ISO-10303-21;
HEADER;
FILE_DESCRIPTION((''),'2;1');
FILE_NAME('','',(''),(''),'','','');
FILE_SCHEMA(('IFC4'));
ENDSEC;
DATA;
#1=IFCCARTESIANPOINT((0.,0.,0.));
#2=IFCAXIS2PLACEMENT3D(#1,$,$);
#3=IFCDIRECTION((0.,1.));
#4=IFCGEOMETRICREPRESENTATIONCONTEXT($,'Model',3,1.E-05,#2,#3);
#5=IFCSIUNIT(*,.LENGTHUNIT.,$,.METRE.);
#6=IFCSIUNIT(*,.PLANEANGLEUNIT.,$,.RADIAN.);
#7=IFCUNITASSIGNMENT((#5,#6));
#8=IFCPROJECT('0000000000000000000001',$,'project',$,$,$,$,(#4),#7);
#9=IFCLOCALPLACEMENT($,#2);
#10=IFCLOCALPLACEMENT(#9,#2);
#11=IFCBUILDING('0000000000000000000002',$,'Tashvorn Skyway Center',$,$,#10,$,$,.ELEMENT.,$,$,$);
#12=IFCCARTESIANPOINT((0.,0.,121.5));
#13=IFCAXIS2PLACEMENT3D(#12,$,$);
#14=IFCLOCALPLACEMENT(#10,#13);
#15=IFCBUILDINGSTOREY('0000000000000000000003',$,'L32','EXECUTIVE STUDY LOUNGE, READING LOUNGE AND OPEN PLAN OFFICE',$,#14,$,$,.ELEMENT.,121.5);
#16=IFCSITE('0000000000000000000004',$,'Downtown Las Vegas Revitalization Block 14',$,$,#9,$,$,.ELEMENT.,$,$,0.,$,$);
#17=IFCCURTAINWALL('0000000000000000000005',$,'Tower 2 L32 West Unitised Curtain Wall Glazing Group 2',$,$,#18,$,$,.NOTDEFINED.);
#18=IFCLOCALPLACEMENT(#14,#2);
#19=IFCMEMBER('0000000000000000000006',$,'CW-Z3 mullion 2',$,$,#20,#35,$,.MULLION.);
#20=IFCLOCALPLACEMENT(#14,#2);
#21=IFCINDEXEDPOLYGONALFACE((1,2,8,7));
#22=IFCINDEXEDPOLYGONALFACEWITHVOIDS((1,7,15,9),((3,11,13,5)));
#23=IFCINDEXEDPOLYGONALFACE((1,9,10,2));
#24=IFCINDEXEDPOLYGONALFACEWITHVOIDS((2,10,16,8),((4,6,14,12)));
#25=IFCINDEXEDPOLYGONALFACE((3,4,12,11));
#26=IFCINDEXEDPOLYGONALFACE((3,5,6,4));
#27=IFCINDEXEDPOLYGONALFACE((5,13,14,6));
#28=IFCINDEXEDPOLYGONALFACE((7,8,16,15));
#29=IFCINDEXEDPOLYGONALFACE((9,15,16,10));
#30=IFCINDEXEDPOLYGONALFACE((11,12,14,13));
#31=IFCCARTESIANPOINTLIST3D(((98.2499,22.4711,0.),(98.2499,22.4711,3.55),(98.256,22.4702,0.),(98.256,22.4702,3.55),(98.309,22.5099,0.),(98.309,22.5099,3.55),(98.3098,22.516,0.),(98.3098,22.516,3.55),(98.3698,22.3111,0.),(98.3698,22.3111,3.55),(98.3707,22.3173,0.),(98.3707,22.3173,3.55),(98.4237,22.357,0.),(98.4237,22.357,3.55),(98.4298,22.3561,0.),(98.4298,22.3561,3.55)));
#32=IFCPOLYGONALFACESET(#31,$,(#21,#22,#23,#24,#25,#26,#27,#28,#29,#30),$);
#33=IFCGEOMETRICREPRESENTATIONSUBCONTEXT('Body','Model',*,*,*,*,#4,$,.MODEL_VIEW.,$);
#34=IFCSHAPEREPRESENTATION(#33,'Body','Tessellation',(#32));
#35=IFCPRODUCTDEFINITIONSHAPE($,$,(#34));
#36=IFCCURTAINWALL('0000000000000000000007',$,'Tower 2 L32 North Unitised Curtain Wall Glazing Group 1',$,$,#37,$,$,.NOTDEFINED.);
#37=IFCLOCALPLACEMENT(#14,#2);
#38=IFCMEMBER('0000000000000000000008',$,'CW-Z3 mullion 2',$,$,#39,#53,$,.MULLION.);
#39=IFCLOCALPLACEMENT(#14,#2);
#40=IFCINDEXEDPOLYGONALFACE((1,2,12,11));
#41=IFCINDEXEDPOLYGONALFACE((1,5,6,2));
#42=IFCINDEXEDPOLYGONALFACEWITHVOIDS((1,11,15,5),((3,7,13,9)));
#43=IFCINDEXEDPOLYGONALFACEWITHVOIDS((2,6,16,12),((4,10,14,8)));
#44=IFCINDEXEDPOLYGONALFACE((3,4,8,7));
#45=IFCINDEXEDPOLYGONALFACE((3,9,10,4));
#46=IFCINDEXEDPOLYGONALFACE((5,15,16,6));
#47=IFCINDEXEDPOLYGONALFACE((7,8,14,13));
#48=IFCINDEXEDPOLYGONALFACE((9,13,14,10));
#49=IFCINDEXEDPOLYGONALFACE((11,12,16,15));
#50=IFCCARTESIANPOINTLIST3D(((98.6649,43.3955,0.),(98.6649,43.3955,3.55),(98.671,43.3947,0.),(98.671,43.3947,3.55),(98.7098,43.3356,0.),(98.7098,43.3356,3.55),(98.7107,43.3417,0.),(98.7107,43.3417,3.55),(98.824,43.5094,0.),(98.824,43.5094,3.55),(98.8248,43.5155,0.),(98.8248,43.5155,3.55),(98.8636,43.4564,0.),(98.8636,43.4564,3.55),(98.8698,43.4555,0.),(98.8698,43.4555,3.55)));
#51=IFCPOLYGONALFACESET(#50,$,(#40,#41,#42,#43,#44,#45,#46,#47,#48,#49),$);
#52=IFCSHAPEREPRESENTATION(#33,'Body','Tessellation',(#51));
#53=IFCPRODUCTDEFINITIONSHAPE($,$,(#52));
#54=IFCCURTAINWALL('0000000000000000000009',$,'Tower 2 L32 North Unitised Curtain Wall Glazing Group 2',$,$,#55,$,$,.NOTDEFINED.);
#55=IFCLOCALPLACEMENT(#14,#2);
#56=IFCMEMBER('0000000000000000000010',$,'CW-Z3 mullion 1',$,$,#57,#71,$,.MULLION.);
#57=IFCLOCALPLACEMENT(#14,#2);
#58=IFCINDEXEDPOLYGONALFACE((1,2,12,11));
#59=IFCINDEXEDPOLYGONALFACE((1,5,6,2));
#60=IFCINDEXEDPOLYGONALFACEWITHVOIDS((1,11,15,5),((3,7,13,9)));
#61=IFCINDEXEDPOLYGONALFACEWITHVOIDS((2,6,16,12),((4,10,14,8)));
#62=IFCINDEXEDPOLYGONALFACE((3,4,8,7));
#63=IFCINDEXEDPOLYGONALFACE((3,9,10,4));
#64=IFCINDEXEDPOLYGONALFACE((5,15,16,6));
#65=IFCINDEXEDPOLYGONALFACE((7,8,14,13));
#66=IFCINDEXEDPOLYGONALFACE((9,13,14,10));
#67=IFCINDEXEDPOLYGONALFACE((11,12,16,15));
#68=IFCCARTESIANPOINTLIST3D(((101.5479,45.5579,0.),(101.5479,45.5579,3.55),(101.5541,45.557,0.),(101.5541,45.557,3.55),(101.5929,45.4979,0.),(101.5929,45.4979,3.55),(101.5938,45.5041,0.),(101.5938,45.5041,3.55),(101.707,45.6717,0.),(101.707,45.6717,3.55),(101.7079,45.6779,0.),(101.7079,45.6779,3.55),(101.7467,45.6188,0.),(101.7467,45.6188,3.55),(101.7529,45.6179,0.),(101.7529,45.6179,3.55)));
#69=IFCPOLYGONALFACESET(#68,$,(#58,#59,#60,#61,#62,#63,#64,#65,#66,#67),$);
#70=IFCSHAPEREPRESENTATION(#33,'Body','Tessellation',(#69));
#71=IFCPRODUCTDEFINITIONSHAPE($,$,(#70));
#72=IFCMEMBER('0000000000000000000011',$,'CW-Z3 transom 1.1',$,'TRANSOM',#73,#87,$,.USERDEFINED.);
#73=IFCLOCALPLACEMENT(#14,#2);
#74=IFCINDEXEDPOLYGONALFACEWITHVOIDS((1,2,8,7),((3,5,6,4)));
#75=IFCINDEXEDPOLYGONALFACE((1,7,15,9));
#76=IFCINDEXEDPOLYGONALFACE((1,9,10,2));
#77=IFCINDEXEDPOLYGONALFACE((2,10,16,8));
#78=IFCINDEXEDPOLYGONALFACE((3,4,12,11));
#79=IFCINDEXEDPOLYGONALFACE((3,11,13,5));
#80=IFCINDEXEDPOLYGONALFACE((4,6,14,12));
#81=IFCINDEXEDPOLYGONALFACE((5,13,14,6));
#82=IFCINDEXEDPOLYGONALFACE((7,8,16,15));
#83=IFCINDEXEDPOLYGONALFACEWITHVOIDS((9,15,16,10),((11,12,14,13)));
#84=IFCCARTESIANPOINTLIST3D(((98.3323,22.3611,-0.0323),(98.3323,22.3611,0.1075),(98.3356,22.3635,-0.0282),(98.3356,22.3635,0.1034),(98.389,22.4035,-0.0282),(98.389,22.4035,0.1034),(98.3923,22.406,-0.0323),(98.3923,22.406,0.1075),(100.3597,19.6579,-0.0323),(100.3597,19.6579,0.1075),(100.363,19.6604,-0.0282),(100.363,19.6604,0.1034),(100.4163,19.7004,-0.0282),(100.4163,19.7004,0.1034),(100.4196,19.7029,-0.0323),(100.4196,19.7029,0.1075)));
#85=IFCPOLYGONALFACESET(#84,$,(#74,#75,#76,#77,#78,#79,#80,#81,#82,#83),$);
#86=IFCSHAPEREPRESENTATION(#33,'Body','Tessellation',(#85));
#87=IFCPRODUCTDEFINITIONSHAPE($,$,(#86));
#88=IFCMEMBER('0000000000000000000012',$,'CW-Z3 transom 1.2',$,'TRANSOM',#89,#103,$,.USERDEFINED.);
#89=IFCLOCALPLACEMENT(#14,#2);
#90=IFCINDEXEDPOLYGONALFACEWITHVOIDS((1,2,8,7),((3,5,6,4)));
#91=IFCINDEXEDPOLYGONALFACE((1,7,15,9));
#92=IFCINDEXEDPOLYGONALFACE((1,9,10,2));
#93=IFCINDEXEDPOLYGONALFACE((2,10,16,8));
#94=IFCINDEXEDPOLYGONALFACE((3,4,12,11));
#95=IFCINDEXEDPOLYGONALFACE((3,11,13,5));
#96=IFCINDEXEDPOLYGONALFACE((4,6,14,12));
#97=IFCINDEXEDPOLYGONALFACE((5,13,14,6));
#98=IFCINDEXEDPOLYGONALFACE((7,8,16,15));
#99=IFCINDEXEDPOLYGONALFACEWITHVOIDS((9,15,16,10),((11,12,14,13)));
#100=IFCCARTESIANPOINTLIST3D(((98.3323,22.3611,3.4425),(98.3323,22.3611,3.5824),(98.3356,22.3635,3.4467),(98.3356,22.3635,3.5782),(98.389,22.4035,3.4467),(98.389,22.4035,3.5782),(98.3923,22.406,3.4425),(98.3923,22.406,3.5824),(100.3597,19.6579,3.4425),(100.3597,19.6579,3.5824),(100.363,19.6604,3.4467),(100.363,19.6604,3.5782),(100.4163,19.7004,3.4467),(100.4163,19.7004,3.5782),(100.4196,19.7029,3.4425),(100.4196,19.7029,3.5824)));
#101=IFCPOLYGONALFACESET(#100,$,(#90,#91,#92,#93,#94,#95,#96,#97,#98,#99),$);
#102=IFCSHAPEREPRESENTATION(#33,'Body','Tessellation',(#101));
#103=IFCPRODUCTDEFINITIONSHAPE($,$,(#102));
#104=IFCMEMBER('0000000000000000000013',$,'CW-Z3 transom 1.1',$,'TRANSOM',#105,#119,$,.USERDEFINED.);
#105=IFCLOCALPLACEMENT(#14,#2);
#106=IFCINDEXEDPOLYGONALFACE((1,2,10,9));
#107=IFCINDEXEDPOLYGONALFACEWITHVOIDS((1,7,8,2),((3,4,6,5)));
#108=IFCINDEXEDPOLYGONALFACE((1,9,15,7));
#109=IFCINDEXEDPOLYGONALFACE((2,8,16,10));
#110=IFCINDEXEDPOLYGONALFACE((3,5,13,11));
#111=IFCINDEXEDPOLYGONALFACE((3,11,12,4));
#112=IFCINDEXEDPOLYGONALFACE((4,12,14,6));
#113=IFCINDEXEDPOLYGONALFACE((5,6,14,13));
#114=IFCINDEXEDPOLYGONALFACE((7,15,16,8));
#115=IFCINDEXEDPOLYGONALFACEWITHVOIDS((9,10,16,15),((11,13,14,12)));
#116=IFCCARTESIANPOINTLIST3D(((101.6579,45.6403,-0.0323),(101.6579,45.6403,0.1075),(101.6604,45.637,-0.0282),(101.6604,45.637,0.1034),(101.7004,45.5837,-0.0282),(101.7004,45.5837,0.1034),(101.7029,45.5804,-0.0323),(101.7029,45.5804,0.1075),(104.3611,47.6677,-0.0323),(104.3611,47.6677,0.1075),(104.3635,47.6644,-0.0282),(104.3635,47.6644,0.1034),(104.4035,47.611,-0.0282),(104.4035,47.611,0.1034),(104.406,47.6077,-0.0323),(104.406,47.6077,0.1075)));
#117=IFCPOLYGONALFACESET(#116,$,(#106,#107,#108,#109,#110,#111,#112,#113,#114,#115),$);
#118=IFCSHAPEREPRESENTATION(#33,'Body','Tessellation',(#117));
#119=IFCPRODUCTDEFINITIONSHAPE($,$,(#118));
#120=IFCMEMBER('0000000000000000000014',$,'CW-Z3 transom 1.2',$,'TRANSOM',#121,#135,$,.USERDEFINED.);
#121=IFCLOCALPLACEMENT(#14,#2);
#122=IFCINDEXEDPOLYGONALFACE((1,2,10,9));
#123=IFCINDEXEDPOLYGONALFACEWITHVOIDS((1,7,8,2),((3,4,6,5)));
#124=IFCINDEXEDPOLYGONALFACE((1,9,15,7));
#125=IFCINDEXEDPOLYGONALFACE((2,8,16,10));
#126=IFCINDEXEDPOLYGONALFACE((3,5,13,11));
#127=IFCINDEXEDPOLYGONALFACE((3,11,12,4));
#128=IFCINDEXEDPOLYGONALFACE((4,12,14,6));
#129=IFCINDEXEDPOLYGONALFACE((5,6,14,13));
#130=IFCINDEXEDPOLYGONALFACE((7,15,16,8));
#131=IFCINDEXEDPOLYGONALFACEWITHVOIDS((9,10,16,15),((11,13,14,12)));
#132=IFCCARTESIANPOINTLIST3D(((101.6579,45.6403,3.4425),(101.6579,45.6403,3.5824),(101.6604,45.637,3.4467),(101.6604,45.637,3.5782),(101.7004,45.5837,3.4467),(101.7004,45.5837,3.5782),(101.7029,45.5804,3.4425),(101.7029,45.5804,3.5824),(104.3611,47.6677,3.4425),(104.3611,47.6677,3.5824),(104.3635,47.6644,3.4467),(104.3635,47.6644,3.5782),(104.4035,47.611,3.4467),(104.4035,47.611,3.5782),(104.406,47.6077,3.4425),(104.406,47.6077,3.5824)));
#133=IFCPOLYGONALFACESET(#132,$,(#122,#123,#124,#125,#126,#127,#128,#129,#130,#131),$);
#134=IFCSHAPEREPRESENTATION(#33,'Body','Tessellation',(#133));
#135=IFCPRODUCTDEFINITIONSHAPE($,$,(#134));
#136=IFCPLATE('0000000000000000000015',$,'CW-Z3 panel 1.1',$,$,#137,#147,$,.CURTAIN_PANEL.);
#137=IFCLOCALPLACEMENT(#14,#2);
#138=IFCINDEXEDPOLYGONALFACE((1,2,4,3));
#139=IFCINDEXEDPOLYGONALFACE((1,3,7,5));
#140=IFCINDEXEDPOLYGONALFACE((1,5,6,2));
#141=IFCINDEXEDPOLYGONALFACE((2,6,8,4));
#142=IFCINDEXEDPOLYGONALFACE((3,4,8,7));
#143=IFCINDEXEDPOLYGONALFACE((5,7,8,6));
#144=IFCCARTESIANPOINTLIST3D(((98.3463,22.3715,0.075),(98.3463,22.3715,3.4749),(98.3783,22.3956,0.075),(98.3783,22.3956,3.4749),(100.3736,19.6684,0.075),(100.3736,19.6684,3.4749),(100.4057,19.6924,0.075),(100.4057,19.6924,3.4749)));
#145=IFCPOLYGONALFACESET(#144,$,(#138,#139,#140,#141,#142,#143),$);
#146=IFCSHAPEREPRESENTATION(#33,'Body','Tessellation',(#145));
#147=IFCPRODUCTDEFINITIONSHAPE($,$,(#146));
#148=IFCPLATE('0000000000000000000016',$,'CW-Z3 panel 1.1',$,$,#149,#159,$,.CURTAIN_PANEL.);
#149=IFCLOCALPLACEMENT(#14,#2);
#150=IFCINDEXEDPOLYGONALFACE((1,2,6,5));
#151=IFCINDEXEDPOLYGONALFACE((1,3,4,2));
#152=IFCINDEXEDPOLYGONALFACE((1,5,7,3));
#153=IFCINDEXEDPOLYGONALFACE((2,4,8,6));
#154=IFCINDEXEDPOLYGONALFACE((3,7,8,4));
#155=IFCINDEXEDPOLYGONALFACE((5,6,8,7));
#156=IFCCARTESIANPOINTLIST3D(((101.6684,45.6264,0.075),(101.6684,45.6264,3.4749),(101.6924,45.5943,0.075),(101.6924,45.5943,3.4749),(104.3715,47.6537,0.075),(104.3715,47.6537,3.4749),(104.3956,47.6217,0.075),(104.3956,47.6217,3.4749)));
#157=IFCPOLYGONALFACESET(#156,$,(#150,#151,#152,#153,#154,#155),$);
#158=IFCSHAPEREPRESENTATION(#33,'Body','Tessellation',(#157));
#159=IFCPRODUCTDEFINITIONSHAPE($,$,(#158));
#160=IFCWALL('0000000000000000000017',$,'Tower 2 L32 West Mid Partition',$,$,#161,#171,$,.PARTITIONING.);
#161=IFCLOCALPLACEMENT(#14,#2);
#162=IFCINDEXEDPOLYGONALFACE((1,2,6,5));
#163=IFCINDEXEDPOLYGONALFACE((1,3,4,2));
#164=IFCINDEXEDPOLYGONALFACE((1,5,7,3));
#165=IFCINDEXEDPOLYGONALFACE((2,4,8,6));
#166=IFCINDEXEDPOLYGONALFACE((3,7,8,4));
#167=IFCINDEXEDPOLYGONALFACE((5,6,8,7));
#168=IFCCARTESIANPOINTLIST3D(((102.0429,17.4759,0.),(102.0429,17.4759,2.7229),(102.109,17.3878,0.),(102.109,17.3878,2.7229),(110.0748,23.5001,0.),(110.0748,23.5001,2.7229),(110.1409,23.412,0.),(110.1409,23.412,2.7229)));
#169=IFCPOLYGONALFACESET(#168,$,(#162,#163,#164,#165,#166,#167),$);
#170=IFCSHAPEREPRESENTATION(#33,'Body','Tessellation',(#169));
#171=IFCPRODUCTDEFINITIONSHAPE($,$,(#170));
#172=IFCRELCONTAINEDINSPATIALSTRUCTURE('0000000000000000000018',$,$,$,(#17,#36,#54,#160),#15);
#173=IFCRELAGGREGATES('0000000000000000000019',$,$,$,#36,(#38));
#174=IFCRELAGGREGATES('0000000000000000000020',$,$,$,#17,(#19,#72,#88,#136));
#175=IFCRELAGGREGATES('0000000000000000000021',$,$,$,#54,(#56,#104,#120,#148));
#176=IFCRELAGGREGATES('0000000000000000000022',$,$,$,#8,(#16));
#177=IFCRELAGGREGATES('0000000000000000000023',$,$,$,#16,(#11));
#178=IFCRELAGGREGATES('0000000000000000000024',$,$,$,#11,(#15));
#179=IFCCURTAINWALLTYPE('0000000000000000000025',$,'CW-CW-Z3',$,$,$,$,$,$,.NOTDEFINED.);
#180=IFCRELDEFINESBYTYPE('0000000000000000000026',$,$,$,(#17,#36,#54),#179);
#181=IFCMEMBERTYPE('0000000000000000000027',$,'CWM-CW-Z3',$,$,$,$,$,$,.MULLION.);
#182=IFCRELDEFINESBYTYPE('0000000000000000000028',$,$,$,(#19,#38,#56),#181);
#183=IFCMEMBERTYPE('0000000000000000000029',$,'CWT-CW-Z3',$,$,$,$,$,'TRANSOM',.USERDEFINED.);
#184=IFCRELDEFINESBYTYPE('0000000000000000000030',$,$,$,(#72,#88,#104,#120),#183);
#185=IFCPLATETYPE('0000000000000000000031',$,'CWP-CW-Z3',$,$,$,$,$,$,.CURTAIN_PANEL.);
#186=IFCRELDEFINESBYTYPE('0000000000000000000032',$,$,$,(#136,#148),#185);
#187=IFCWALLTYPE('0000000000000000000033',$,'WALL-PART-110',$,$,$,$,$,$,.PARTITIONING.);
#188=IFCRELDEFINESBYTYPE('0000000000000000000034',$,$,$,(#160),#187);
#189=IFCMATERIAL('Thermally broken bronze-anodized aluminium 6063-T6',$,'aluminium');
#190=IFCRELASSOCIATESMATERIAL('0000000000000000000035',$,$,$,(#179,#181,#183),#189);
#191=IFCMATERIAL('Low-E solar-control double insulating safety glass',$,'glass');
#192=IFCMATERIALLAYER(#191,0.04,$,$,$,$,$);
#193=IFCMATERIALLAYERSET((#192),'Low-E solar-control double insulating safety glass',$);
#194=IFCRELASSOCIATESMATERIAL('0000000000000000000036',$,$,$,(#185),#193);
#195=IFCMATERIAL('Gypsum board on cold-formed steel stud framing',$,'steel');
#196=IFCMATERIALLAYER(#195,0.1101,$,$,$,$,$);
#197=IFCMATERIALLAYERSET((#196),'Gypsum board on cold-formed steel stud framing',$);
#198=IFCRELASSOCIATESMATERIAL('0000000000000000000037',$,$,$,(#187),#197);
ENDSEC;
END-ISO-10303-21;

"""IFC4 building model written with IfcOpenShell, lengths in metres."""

from ifc_helpers import new_model, si_unit, direction, frame, frame_2d, origin, origin_2d, place, context, subcontext, project, spatial, rectangle, hollow_rectangle, extrude, material, layer, layer_set, material_profile, profile_set, type_object, element, aggregate, save


model = new_model("IFC4")

# Units and contexts
model_context = context("Model", 3, precision=1e-05, world=origin(), true_north=direction((0.0, 1.0)))
body_context = subcontext(model_context, "Body", "Model", "MODEL_VIEW")
ifc_project = project(units=[si_unit("LENGTHUNIT", "METRE"), si_unit("PLANEANGLEUNIT", "RADIAN")], contexts=[model_context])

# Site, building, storey
site_placement = place(None, origin())
site = spatial("IfcSite", under=ifc_project, at=site_placement, Name="Downtown Las Vegas Revitalization Block 14", CompositionType="ELEMENT", RefElevation=0.0)
building_placement = place(site_placement, origin())
building = spatial("IfcBuilding", under=site, at=building_placement, Name="Tashvorn Skyway Center", CompositionType="ELEMENT")
storey_placement = place(building_placement, frame((0.0, 0.0, 121.5)))
storey = spatial("IfcBuildingStorey", under=building, at=storey_placement, Name="L32", Description="EXECUTIVE STUDY LOUNGE, READING LOUNGE AND OPEN PLAN OFFICE", CompositionType="ELEMENT", Elevation=121.5)

# Shared definitions
ifc_material_1 = material(Name="Thermally broken bronze-anodized aluminium 6063-T6", Category="aluminium")
curtain_wall_type = type_object("IfcCurtainWallType", Name="CW-CW-Z3", PredefinedType="NOTDEFINED", material=ifc_material_1)
ifc_material_profile_1 = material_profile(ifc_material_1, hollow_rectangle(XDim=0.075, YDim=0.2, WallThickness=0.0044, at=origin_2d()), Name="ALU-MULL-75x200")
ifc_profile_set_1 = profile_set([ifc_material_profile_1], Name="Thermally broken bronze-anodized aluminium 6063-T6")
member_type_1 = type_object("IfcMemberType", Name="CWM-CW-Z3", PredefinedType="MULLION", material=ifc_profile_set_1)

# Curtain wall, member
curtain_wall_1_placement = place(storey_placement, origin())
curtain_wall_1 = element("IfcCurtainWall", 1, at=curtain_wall_1_placement, inside=storey, type_object=curtain_wall_type, Name="Tower 2 L32 West Unitised Curtain Wall Glazing Group 2", PredefinedType="NOTDEFINED")
member_1_placement = place(storey_placement, frame((98.3398, 22.4136, 0.0), z_axis=(0.0, 0.0, 1.0), x_axis=(-0.8, -0.6, 0.0)))
member_1 = element("IfcMember", 2, at=member_1_placement, type_object=member_type_1, Name="CW-Z3 mullion 2", PredefinedType="MULLION", context=body_context, shape_type="SweptSolid", body=[
    extrude(hollow_rectangle(XDim=0.075, YDim=0.2, WallThickness=0.0044, at=origin_2d()), origin(), (0.0, 0.0, 1.0), 3.55),
])

# Curtain walls, members
curtain_wall_2_placement = place(storey_placement, origin())
curtain_wall_2 = element("IfcCurtainWall", 3, at=curtain_wall_2_placement, inside=storey, type_object=curtain_wall_type, Name="Tower 2 L32 North Unitised Curtain Wall Glazing Group 1", PredefinedType="NOTDEFINED")
member_2_placement = place(storey_placement, frame((98.7673, 43.4255, 0.0), z_axis=(0.0, 0.0, 1.0), x_axis=(-0.600002, 0.799999, 0.0)))
member_2 = element("IfcMember", 4, at=member_2_placement, type_object=member_type_1, Name="CW-Z3 mullion 2", PredefinedType="MULLION", context=body_context, shape_type="SweptSolid", body=[
    extrude(hollow_rectangle(XDim=0.075, YDim=0.2, WallThickness=0.0044, at=origin_2d()), origin(), (0.0, 0.0, 1.0), 3.55),
])
aggregate(curtain_wall_2, [member_2])
curtain_wall_3_placement = place(storey_placement, origin())
curtain_wall_3 = element("IfcCurtainWall", 5, at=curtain_wall_3_placement, inside=storey, type_object=curtain_wall_type, Name="Tower 2 L32 North Unitised Curtain Wall Glazing Group 2", PredefinedType="NOTDEFINED")
member_3_placement = place(storey_placement, frame((101.6504, 45.5879, 0.0), z_axis=(0.0, 0.0, 1.0), x_axis=(-0.6, 0.8, 0.0)))
member_3 = element("IfcMember", 6, at=member_3_placement, type_object=member_type_1, Name="CW-Z3 mullion 1", PredefinedType="MULLION", context=body_context, shape_type="SweptSolid", body=[
    extrude(hollow_rectangle(XDim=0.075, YDim=0.2, WallThickness=0.0044, at=origin_2d()), origin(), (0.0, 0.0, 1.0), 3.55),
])

# Members
ifc_material_profile_2 = material_profile(ifc_material_1, hollow_rectangle(XDim=0.075, YDim=0.1399, WallThickness=0.0042, at=origin_2d()), Name="ALU-TRAN-75x140")
ifc_profile_set_2 = profile_set([ifc_material_profile_2], Name="Thermally broken bronze-anodized aluminium 6063-T6")
member_type_2 = type_object("IfcMemberType", Name="CWT-CW-Z3", ElementType="TRANSOM", PredefinedType="USERDEFINED", material=ifc_profile_set_2)
member_4_placement = place(storey_placement, frame((100.3896, 19.6804, 0.0376), z_axis=(-0.6, 0.8, 0.0), x_axis=(-0.8, -0.6, 0.0)))
member_4 = element("IfcMember", 7, at=member_4_placement, type_object=member_type_2, Name="CW-Z3 transom 1.1", ObjectType="TRANSOM", PredefinedType="USERDEFINED", context=body_context, shape_type="SweptSolid", body=[
    extrude(hollow_rectangle(XDim=0.075, YDim=0.1399, WallThickness=0.0042, at=origin_2d()), origin(), (0.0, 0.0, 1.0), 3.3789),
])
member_5_placement = place(storey_placement, frame((100.3896, 19.6804, 3.5125), z_axis=(-0.6, 0.8, 0.0), x_axis=(-0.8, -0.6, 0.0)))
member_5 = element("IfcMember", 8, at=member_5_placement, type_object=member_type_2, Name="CW-Z3 transom 1.2", ObjectType="TRANSOM", PredefinedType="USERDEFINED", context=body_context, shape_type="SweptSolid", body=[
    extrude(hollow_rectangle(XDim=0.075, YDim=0.1399, WallThickness=0.0042, at=origin_2d()), origin(), (0.0, 0.0, 1.0), 3.3789),
])
member_6_placement = place(storey_placement, frame((101.6804, 45.6104, 0.0376), z_axis=(0.8, 0.6, 0.0), x_axis=(-0.6, 0.8, 0.0)))
member_6 = element("IfcMember", 9, at=member_6_placement, type_object=member_type_2, Name="CW-Z3 transom 1.1", ObjectType="TRANSOM", PredefinedType="USERDEFINED", context=body_context, shape_type="SweptSolid", body=[
    extrude(hollow_rectangle(XDim=0.075, YDim=0.1399, WallThickness=0.0042, at=origin_2d()), origin(), (0.0, 0.0, 1.0), 3.3789),
])
member_7_placement = place(storey_placement, frame((101.6804, 45.6104, 3.5125), z_axis=(0.8, 0.6, 0.0), x_axis=(-0.6, 0.8, 0.0)))
member_7 = element("IfcMember", 10, at=member_7_placement, type_object=member_type_2, Name="CW-Z3 transom 1.2", ObjectType="TRANSOM", PredefinedType="USERDEFINED", context=body_context, shape_type="SweptSolid", body=[
    extrude(hollow_rectangle(XDim=0.075, YDim=0.1399, WallThickness=0.0042, at=origin_2d()), origin(), (0.0, 0.0, 1.0), 3.3789),
])

# Plates
ifc_material_2 = material(Name="Low-E solar-control double insulating safety glass", Category="glass")
ifc_layer_1 = layer(ifc_material_2, 0.04)
ifc_layer_set_1 = layer_set([ifc_layer_1], Name="Low-E solar-control double insulating safety glass")
plate_type = type_object("IfcPlateType", Name="CWP-CW-Z3", PredefinedType="CURTAIN_PANEL", material=ifc_layer_set_1)
plate_1_placement = place(storey_placement, frame((99.376, 21.032, 0.075), z_axis=(0.0, 0.0, 1.0), x_axis=(-0.6, 0.8, 0.0)))
plate_1 = element("IfcPlate", 11, at=plate_1_placement, type_object=plate_type, Name="CW-Z3 panel 1.1", PredefinedType="CURTAIN_PANEL", context=body_context, shape_type="SweptSolid", body=[
    extrude(rectangle(XDim=3.3789, YDim=0.04, at=origin_2d()), origin(), (0.0, 0.0, 1.0), 3.3999),
])
aggregate(curtain_wall_1, [member_1, member_4, member_5, plate_1])
plate_2_placement = place(storey_placement, frame((103.032, 46.624, 0.075), z_axis=(0.0, 0.0, 1.0), x_axis=(0.8, 0.6, 0.0)))
plate_2 = element("IfcPlate", 12, at=plate_2_placement, type_object=plate_type, Name="CW-Z3 panel 1.1", PredefinedType="CURTAIN_PANEL", context=body_context, shape_type="SweptSolid", body=[
    extrude(rectangle(XDim=3.3789, YDim=0.04, at=origin_2d()), origin(), (0.0, 0.0, 1.0), 3.3999),
])
aggregate(curtain_wall_3, [member_3, member_6, member_7, plate_2])

# Wall
ifc_material_3 = material(Name="Gypsum board on cold-formed steel stud framing", Category="steel")
ifc_layer_2 = layer(ifc_material_3, 0.1101)
ifc_layer_set_2 = layer_set([ifc_layer_2], Name="Gypsum board on cold-formed steel stud framing")
wall_type_1 = type_object("IfcWallType", Name="WALL-PART-110", PredefinedType="PARTITIONING", material=ifc_layer_set_2)
wall_1_placement = place(storey_placement, frame((102.0759, 17.4319, 0.0), z_axis=(0.0, 0.0, 1.0), x_axis=(0.799991, 0.600012, 0.0)))
element("IfcWall", 13, at=wall_1_placement, inside=storey, type_object=wall_type_1, Name="Tower 2 L32 West Mid Partition", PredefinedType="PARTITIONING", context=body_context, shape_type="SweptSolid", body=[
    extrude(rectangle(XDim=10.04, YDim=0.1101, at=frame_2d((5.02, 0.0))), origin(), (0.0, 0.0, 1.0), 2.7229),
])

save(model, "model.ifc")
